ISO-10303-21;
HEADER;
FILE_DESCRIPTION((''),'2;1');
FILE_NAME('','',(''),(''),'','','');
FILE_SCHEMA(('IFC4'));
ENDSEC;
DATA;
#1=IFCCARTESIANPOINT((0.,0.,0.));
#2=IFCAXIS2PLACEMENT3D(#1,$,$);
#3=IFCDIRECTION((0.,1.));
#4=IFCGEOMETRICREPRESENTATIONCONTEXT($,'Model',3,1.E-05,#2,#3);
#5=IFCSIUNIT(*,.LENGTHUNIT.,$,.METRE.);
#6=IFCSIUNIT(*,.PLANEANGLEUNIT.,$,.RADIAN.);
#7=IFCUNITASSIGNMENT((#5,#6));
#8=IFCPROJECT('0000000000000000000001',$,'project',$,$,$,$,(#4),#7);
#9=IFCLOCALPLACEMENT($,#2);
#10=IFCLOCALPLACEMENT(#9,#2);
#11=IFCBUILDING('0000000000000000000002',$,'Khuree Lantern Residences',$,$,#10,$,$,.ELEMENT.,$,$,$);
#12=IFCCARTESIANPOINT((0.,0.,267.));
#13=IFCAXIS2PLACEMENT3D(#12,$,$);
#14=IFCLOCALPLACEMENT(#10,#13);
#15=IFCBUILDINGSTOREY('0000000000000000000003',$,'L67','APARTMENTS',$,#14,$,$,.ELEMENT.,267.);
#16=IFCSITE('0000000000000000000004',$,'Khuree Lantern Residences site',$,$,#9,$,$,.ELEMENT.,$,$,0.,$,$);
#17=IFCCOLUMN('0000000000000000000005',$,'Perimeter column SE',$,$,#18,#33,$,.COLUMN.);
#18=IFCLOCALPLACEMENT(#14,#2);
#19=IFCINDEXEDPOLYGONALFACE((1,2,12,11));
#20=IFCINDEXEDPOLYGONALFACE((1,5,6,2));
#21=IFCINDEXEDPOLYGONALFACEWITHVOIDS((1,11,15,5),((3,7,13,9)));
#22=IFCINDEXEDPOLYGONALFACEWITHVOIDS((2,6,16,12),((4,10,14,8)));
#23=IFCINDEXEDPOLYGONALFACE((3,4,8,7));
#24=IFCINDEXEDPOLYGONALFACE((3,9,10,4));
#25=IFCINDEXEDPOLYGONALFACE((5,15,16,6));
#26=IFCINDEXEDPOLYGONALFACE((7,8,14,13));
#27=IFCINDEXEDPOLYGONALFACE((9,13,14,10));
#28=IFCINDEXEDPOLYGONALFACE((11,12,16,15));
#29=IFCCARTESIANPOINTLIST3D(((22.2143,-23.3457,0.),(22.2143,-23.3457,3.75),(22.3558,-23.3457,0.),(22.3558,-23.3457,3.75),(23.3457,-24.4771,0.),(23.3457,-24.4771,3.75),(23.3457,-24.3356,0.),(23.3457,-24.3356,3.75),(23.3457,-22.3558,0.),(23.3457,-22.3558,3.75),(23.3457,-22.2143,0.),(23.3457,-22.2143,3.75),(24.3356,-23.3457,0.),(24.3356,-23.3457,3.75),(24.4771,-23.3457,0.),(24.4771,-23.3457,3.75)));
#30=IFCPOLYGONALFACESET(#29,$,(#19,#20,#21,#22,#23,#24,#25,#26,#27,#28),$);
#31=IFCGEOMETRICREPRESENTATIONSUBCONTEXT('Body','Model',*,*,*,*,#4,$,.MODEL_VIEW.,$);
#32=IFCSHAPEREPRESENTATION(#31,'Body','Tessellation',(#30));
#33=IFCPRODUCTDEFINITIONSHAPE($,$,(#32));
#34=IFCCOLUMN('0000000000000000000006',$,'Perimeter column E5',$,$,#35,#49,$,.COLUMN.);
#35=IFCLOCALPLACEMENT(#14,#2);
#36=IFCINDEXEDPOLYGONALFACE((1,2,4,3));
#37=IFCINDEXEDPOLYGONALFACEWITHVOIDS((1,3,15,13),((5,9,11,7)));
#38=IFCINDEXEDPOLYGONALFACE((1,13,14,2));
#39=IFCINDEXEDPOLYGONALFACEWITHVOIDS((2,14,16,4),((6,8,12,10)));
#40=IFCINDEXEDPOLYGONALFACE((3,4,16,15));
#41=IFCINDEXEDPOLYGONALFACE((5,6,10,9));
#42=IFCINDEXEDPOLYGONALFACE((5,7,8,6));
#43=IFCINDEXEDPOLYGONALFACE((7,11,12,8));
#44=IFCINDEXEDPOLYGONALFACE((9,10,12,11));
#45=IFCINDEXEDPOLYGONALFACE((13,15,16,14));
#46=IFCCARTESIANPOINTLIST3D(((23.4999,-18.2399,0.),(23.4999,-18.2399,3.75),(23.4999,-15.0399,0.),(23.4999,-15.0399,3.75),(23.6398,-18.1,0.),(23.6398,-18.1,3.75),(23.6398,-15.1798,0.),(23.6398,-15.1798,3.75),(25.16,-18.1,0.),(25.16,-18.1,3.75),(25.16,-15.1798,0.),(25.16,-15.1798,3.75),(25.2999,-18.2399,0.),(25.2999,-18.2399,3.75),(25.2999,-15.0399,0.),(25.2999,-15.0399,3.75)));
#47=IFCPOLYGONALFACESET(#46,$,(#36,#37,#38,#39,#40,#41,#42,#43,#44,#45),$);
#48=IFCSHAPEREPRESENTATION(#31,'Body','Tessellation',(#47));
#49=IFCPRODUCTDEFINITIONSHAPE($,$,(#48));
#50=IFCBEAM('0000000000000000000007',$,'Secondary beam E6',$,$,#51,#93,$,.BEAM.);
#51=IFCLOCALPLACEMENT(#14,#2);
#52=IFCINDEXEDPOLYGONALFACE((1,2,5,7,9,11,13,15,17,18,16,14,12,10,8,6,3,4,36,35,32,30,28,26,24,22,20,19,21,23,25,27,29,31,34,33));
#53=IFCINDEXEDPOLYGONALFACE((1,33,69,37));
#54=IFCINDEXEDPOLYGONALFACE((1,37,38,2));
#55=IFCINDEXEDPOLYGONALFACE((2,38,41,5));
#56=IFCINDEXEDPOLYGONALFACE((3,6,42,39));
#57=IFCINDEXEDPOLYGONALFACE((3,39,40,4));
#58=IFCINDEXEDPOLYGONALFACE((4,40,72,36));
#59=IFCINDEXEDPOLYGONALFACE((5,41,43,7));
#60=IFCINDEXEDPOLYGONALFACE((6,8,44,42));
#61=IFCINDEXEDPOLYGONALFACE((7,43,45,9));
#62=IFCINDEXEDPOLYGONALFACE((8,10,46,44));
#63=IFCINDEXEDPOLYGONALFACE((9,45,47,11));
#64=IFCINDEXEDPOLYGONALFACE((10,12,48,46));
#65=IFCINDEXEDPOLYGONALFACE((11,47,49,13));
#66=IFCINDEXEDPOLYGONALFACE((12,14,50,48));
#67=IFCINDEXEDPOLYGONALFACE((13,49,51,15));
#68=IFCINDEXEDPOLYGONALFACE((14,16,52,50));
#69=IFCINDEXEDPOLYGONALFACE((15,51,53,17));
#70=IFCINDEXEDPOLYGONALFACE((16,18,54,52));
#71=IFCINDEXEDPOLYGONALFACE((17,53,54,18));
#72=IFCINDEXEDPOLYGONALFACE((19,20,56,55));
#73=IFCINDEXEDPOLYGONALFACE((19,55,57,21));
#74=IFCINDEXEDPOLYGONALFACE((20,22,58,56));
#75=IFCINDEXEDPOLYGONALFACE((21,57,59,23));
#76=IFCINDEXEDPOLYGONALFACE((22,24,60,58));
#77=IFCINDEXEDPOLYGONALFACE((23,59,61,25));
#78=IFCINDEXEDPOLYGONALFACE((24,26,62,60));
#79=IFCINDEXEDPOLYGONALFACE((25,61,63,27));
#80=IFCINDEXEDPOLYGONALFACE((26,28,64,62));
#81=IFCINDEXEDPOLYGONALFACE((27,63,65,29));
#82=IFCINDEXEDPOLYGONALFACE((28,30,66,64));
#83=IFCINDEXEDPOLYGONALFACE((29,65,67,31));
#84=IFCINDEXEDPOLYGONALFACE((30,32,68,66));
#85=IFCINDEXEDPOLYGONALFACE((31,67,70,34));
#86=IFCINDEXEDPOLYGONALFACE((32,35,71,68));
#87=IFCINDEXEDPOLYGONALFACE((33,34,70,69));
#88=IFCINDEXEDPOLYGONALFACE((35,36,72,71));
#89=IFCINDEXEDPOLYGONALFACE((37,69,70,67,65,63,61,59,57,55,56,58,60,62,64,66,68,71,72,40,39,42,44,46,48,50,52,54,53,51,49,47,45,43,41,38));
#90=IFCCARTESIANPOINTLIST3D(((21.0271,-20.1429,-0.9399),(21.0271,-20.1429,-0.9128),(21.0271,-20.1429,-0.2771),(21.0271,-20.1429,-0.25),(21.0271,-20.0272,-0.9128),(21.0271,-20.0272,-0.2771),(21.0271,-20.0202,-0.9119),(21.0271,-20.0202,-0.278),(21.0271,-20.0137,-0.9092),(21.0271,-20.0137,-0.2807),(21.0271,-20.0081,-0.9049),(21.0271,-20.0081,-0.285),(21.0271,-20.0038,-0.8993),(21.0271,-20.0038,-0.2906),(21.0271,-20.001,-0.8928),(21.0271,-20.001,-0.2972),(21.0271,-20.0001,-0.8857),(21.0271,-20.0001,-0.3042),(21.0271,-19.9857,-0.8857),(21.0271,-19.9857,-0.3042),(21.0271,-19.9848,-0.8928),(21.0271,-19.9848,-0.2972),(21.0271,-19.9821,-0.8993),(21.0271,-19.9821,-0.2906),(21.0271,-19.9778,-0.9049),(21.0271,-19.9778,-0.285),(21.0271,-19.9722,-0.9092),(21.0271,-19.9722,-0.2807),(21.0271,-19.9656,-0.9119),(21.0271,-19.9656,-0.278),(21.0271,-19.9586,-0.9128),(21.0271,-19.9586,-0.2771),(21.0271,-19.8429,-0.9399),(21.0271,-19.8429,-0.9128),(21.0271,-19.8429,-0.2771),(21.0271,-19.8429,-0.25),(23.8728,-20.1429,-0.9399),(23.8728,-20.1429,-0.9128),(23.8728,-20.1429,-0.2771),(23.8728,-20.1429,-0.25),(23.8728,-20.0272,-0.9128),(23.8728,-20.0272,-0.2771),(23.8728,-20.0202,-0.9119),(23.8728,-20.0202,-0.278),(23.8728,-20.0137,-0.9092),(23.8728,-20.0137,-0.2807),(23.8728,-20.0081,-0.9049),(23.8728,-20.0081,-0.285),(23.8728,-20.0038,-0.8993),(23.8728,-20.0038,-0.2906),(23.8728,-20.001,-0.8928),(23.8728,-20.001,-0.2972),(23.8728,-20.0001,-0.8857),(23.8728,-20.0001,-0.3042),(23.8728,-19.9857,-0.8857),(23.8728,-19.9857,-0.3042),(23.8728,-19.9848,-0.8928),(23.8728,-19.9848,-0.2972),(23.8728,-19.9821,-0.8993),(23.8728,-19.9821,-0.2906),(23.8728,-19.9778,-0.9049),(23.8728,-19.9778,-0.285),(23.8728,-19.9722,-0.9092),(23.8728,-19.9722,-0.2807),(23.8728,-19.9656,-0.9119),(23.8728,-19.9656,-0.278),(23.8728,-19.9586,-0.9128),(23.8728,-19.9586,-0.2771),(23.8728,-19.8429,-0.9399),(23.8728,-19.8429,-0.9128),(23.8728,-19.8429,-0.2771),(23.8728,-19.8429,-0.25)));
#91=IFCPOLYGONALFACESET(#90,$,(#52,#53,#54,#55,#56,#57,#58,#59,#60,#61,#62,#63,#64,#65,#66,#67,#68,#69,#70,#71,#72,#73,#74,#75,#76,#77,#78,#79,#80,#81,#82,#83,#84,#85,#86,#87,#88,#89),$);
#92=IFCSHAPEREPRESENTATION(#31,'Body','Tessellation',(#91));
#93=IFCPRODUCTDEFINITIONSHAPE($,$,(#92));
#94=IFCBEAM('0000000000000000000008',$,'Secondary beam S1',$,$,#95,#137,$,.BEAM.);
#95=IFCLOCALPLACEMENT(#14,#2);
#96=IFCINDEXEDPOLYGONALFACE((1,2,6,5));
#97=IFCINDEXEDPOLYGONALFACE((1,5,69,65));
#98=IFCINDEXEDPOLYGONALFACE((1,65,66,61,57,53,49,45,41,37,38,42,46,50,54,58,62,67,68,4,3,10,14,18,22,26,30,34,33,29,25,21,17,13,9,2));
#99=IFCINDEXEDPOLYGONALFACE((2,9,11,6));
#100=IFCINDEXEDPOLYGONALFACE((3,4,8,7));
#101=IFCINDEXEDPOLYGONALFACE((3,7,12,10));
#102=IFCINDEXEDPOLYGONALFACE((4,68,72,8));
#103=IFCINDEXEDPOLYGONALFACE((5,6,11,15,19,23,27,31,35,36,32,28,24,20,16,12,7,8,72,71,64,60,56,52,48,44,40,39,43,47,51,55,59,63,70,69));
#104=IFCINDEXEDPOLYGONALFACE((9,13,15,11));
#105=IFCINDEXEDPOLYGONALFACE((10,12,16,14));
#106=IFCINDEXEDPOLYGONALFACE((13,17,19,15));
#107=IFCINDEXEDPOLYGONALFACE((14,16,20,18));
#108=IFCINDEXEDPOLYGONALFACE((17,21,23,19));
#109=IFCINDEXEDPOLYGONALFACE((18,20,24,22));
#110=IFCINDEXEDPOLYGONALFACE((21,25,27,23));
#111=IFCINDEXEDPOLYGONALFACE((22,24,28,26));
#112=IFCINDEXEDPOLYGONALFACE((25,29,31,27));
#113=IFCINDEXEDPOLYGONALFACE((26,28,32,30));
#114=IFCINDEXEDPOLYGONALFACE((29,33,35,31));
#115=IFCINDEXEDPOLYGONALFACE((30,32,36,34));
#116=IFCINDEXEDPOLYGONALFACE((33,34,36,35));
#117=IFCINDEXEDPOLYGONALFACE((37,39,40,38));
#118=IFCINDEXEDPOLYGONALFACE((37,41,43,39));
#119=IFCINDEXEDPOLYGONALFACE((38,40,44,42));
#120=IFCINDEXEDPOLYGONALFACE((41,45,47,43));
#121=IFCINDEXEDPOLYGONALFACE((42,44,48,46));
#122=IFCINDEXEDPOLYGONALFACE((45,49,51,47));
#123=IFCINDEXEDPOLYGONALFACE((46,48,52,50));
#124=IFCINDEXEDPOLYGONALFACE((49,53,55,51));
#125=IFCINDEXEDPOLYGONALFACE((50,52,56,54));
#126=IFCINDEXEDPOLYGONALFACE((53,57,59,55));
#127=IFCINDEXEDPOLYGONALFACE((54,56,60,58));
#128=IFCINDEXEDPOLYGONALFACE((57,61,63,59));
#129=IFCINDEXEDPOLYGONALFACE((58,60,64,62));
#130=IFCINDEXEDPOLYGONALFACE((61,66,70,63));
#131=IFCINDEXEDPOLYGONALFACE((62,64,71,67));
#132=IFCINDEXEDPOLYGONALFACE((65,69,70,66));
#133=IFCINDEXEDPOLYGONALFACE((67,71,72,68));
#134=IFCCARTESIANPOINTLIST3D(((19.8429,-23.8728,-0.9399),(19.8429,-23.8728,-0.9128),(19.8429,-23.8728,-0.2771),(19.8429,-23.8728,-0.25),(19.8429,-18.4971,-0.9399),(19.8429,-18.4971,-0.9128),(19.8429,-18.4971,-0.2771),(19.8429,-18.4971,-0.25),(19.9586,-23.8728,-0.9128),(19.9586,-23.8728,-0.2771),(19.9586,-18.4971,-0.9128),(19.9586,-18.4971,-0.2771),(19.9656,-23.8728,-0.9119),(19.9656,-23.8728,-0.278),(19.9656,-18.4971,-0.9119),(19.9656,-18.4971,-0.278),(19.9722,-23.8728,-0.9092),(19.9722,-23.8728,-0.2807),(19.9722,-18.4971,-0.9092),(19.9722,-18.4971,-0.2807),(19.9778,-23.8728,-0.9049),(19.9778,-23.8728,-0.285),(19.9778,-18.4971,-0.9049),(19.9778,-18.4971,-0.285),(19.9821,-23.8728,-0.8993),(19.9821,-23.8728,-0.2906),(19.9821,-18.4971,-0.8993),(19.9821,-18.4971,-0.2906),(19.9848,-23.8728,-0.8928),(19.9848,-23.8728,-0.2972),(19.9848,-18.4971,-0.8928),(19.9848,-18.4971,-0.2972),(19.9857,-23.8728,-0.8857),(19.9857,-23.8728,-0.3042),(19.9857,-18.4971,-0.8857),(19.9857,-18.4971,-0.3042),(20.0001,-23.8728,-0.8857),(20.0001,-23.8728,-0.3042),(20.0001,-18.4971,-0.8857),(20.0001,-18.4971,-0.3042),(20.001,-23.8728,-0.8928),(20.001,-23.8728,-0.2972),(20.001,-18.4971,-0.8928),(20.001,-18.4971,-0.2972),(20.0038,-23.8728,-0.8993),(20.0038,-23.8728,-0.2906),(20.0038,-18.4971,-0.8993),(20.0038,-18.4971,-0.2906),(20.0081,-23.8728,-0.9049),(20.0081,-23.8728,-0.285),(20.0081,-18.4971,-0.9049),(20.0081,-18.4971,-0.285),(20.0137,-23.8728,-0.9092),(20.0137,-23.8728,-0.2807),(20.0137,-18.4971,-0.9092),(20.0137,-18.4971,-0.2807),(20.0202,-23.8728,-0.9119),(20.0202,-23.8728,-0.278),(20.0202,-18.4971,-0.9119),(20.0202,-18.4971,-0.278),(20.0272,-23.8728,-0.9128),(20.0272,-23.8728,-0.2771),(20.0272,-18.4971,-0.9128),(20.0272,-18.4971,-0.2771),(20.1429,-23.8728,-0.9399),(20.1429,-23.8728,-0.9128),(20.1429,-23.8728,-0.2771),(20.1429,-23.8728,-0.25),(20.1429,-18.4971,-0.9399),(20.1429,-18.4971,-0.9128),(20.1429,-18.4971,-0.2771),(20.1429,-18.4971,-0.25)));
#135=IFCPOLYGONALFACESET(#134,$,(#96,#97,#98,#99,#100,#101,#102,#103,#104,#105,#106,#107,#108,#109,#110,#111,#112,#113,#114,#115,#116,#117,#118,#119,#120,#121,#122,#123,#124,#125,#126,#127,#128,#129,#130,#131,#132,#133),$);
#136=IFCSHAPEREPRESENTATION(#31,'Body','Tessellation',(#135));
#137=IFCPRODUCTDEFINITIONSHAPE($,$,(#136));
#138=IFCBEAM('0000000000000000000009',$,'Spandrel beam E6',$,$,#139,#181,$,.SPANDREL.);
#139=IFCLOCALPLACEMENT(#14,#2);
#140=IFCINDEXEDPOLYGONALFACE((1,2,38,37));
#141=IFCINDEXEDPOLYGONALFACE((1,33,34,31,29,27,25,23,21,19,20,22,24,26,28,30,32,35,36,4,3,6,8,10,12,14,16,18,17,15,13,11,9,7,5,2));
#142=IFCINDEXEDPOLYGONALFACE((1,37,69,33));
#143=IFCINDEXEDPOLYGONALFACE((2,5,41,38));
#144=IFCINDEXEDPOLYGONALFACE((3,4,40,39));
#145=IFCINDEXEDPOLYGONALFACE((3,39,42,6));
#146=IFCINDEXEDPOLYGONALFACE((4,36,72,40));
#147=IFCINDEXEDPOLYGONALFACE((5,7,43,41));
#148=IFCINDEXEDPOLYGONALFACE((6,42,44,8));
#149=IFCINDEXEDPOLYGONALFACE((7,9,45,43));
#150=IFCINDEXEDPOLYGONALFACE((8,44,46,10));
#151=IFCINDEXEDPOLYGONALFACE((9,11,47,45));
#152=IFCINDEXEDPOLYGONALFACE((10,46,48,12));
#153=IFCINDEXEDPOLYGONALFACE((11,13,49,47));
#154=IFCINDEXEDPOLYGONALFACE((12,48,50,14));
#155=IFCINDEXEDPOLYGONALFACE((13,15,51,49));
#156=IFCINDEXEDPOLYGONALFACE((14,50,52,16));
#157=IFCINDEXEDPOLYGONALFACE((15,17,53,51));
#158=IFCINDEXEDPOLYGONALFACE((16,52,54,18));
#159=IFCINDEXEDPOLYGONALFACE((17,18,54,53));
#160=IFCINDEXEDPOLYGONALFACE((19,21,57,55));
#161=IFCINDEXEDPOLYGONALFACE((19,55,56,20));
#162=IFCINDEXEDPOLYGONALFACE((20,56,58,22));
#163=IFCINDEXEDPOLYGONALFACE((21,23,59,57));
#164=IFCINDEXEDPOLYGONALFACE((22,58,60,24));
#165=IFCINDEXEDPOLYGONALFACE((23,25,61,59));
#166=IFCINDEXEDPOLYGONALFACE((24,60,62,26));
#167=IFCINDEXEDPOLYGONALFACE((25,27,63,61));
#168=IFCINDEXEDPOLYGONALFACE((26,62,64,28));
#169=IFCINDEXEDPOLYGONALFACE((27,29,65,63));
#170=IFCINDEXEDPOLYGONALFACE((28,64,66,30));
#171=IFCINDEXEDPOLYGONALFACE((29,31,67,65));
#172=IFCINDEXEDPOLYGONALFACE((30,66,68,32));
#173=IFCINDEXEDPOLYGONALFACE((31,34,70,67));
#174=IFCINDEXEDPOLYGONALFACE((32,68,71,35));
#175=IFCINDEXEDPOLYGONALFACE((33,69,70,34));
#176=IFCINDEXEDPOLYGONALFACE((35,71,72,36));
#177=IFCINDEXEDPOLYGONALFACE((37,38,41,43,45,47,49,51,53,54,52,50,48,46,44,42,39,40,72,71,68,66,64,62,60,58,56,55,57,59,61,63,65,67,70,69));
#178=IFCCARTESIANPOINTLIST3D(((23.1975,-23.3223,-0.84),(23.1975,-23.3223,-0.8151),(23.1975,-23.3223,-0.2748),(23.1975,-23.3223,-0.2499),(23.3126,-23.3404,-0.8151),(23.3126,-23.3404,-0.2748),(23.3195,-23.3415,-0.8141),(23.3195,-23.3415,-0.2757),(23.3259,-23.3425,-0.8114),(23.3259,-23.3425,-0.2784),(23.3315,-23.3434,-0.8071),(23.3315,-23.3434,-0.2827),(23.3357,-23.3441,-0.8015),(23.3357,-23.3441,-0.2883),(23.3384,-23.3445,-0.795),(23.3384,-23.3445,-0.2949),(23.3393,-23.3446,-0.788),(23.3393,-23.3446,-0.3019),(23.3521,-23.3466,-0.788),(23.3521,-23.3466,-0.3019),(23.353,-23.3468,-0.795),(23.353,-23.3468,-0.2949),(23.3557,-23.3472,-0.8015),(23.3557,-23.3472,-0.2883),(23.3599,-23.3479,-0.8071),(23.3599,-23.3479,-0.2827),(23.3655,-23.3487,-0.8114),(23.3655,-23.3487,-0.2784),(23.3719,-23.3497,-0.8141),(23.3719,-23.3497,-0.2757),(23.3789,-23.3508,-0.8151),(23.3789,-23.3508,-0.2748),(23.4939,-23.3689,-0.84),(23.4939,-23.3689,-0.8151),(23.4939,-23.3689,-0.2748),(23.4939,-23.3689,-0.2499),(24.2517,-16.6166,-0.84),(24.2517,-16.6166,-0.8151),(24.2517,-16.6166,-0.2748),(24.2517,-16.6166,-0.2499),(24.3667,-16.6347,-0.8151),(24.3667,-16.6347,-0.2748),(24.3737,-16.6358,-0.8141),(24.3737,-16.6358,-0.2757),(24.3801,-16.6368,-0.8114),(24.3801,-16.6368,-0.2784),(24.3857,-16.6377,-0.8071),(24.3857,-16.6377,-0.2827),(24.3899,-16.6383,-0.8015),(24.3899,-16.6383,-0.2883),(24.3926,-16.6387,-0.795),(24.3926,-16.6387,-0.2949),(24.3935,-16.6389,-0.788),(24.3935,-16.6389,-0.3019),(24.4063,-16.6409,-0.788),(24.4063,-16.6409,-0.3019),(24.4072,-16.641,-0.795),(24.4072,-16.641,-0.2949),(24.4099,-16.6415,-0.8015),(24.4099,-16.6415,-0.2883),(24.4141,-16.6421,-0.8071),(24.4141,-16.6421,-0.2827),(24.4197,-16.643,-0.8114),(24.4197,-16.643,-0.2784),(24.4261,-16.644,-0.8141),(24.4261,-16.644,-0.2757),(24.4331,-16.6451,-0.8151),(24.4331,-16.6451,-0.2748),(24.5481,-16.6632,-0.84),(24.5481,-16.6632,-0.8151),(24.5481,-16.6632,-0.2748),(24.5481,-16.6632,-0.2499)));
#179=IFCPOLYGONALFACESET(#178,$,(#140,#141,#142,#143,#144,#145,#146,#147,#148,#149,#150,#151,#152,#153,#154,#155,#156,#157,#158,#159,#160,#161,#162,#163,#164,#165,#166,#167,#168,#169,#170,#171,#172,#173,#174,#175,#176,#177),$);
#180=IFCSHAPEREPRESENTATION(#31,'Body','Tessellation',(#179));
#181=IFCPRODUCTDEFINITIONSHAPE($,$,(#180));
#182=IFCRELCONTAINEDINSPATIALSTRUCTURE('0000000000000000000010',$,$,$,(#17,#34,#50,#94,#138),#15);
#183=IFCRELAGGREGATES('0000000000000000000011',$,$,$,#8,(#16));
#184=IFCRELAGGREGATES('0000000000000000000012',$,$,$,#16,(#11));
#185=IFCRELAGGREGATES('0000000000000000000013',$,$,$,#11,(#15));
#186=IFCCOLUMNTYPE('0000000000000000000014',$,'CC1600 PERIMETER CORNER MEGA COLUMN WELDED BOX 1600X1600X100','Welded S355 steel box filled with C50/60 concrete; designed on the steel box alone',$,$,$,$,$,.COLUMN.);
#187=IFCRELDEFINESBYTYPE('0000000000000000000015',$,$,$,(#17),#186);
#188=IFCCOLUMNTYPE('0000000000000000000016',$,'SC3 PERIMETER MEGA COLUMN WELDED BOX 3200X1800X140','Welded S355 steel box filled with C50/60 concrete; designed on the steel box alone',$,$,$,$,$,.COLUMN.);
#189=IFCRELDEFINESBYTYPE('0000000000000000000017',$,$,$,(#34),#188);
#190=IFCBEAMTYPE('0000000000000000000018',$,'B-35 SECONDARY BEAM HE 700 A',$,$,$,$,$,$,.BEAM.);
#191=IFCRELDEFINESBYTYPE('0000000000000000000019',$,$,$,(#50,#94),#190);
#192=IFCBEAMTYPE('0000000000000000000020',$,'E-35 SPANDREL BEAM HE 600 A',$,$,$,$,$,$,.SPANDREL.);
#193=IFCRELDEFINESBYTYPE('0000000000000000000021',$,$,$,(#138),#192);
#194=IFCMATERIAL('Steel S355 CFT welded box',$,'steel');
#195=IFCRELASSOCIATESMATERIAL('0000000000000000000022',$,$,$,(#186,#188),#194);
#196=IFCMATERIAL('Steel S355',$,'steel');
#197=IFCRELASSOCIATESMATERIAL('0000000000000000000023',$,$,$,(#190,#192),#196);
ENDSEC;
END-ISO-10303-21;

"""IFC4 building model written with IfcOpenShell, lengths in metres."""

from ifc_helpers import new_model, si_unit, direction, frame, origin, origin_2d, place, context, subcontext, project, spatial, hollow_rectangle, i_section, extrude, material, material_profile, profile_set, type_object, element, save


model = new_model("IFC4")

# Units and contexts
model_context = context("Model", 3, precision=1e-05, world=origin(), true_north=direction((0.0, 1.0)))
body_context = subcontext(model_context, "Body", "Model", "MODEL_VIEW")
ifc_project = project(units=[si_unit("LENGTHUNIT", "METRE"), si_unit("PLANEANGLEUNIT", "RADIAN")], contexts=[model_context])

# Site, building, storey
site_placement = place(None, origin())
site = spatial("IfcSite", under=ifc_project, at=site_placement, Name="Khuree Lantern Residences site", CompositionType="ELEMENT", RefElevation=0.0)
building_placement = place(site_placement, origin())
building = spatial("IfcBuilding", under=site, at=building_placement, Name="Khuree Lantern Residences", CompositionType="ELEMENT")
storey_placement = place(building_placement, frame((0.0, 0.0, 267.0)))
storey = spatial("IfcBuildingStorey", under=building, at=storey_placement, Name="L67", Description="APARTMENTS", CompositionType="ELEMENT", Elevation=267.0)

# Columns
ifc_material_1 = material(Name="Steel S355 CFT welded box", Category="steel")
ifc_material_profile_1 = material_profile(ifc_material_1, hollow_rectangle(XDim=1.6001, YDim=1.6001, WallThickness=0.1001, at=origin_2d()), Name="WELDED BOX 1600X1600X100")
ifc_profile_set_1 = profile_set([ifc_material_profile_1], Name="Steel S355 CFT welded box")
column_type_1 = type_object("IfcColumnType", Name="CC1600 PERIMETER CORNER MEGA COLUMN WELDED BOX 1600X1600X100", Description="Welded S355 steel box filled with C50/60 concrete; designed on the steel box alone", PredefinedType="COLUMN", material=ifc_profile_set_1)
column_1_placement = place(storey_placement, frame((23.3457, -23.3457, 0.0), z_axis=(0.0, 0.0, 1.0), x_axis=(0.707107, 0.707107, 0.0)))
element("IfcColumn", 1, at=column_1_placement, inside=storey, type_object=column_type_1, Name="Perimeter column SE", PredefinedType="COLUMN", context=body_context, shape_type="SweptSolid", body=[
    extrude(hollow_rectangle(XDim=1.6001, YDim=1.6001, WallThickness=0.1001, at=origin_2d()), origin(), (0.0, 0.0, 1.0), 3.75),
])
ifc_material_profile_2 = material_profile(ifc_material_1, hollow_rectangle(XDim=3.2, YDim=1.8, WallThickness=0.1399, at=origin_2d()), Name="WELDED BOX 3200X1800X140")
ifc_profile_set_2 = profile_set([ifc_material_profile_2], Name="Steel S355 CFT welded box")
column_type_2 = type_object("IfcColumnType", Name="SC3 PERIMETER MEGA COLUMN WELDED BOX 3200X1800X140", Description="Welded S355 steel box filled with C50/60 concrete; designed on the steel box alone", PredefinedType="COLUMN", material=ifc_profile_set_2)
column_2_placement = place(storey_placement, frame((24.3999, -16.6399, 0.0), z_axis=(0.0, 0.0, 1.0), x_axis=(0.0, 1.0, 0.0)))
element("IfcColumn", 2, at=column_2_placement, inside=storey, type_object=column_type_2, Name="Perimeter column E5", PredefinedType="COLUMN", context=body_context, shape_type="SweptSolid", body=[
    extrude(hollow_rectangle(XDim=3.2, YDim=1.8, WallThickness=0.1399, at=origin_2d()), origin(), (0.0, 0.0, 1.0), 3.75),
])

# Beams
ifc_material_2 = material(Name="Steel S355", Category="steel")
ifc_material_profile_3 = material_profile(ifc_material_2, i_section(OverallWidth=0.3, OverallDepth=0.6899, WebThickness=0.0144, FlangeThickness=0.0271, FilletRadius=0.0271, at=origin_2d()), Name="HE 700 A")
ifc_profile_set_3 = profile_set([ifc_material_profile_3], Name="Steel S355")
beam_type_1 = type_object("IfcBeamType", Name="B-35 SECONDARY BEAM HE 700 A", PredefinedType="BEAM", material=ifc_profile_set_3)
beam_1_placement = place(storey_placement, frame((23.8728, -19.9929, -0.595), z_axis=(-1.0, 0.0, 0.0), x_axis=(0.0, -1.0, 0.0)))
element("IfcBeam", 3, at=beam_1_placement, inside=storey, type_object=beam_type_1, Name="Secondary beam E6", PredefinedType="BEAM", context=body_context, shape_type="SweptSolid", body=[
    extrude(i_section(OverallWidth=0.3, OverallDepth=0.6899, WebThickness=0.0144, FlangeThickness=0.0271, FilletRadius=0.0271, at=origin_2d()), origin(), (0.0, 0.0, 1.0), 2.8457),
])
beam_2_placement = place(storey_placement, frame((19.9929, -23.8728, -0.595), z_axis=(0.0, 1.0, 0.0), x_axis=(-1.0, 0.0, 0.0)))
element("IfcBeam", 4, at=beam_2_placement, inside=storey, type_object=beam_type_1, Name="Secondary beam S1", PredefinedType="BEAM", context=body_context, shape_type="SweptSolid", body=[
    extrude(i_section(OverallWidth=0.3, OverallDepth=0.6899, WebThickness=0.0144, FlangeThickness=0.0271, FilletRadius=0.0271, at=origin_2d()), origin(), (0.0, 0.0, 1.0), 5.3757),
])
ifc_material_profile_4 = material_profile(ifc_material_2, i_section(OverallWidth=0.3, OverallDepth=0.5901, WebThickness=0.0129, FlangeThickness=0.0249, FilletRadius=0.0271, at=origin_2d()), Name="HE 600 A")
ifc_profile_set_4 = profile_set([ifc_material_profile_4], Name="Steel S355")
beam_type_2 = type_object("IfcBeamType", Name="E-35 SPANDREL BEAM HE 600 A", PredefinedType="SPANDREL", material=ifc_profile_set_4)
for number, where, z_axis, x_axis, name in (
    (5, (24.3999, -16.6399, -0.5449), (-0.1553, -0.987867, 0.0), (0.987867, -0.1553, 0.0), "Spandrel beam E6"),
):
    element("IfcBeam", number, at=place(storey_placement, frame(where, z_axis=z_axis, x_axis=x_axis)), inside=storey, type_object=beam_type_2, Name=name, PredefinedType="SPANDREL", context=body_context, shape_type="SweptSolid", body=[
        extrude(i_section(OverallWidth=0.3, OverallDepth=0.5901, WebThickness=0.0129, FlangeThickness=0.0249, FilletRadius=0.0271, at=origin_2d()), origin(), (0.0, 0.0, 1.0), 6.7881),
    ])

save(model, "model.ifc")
